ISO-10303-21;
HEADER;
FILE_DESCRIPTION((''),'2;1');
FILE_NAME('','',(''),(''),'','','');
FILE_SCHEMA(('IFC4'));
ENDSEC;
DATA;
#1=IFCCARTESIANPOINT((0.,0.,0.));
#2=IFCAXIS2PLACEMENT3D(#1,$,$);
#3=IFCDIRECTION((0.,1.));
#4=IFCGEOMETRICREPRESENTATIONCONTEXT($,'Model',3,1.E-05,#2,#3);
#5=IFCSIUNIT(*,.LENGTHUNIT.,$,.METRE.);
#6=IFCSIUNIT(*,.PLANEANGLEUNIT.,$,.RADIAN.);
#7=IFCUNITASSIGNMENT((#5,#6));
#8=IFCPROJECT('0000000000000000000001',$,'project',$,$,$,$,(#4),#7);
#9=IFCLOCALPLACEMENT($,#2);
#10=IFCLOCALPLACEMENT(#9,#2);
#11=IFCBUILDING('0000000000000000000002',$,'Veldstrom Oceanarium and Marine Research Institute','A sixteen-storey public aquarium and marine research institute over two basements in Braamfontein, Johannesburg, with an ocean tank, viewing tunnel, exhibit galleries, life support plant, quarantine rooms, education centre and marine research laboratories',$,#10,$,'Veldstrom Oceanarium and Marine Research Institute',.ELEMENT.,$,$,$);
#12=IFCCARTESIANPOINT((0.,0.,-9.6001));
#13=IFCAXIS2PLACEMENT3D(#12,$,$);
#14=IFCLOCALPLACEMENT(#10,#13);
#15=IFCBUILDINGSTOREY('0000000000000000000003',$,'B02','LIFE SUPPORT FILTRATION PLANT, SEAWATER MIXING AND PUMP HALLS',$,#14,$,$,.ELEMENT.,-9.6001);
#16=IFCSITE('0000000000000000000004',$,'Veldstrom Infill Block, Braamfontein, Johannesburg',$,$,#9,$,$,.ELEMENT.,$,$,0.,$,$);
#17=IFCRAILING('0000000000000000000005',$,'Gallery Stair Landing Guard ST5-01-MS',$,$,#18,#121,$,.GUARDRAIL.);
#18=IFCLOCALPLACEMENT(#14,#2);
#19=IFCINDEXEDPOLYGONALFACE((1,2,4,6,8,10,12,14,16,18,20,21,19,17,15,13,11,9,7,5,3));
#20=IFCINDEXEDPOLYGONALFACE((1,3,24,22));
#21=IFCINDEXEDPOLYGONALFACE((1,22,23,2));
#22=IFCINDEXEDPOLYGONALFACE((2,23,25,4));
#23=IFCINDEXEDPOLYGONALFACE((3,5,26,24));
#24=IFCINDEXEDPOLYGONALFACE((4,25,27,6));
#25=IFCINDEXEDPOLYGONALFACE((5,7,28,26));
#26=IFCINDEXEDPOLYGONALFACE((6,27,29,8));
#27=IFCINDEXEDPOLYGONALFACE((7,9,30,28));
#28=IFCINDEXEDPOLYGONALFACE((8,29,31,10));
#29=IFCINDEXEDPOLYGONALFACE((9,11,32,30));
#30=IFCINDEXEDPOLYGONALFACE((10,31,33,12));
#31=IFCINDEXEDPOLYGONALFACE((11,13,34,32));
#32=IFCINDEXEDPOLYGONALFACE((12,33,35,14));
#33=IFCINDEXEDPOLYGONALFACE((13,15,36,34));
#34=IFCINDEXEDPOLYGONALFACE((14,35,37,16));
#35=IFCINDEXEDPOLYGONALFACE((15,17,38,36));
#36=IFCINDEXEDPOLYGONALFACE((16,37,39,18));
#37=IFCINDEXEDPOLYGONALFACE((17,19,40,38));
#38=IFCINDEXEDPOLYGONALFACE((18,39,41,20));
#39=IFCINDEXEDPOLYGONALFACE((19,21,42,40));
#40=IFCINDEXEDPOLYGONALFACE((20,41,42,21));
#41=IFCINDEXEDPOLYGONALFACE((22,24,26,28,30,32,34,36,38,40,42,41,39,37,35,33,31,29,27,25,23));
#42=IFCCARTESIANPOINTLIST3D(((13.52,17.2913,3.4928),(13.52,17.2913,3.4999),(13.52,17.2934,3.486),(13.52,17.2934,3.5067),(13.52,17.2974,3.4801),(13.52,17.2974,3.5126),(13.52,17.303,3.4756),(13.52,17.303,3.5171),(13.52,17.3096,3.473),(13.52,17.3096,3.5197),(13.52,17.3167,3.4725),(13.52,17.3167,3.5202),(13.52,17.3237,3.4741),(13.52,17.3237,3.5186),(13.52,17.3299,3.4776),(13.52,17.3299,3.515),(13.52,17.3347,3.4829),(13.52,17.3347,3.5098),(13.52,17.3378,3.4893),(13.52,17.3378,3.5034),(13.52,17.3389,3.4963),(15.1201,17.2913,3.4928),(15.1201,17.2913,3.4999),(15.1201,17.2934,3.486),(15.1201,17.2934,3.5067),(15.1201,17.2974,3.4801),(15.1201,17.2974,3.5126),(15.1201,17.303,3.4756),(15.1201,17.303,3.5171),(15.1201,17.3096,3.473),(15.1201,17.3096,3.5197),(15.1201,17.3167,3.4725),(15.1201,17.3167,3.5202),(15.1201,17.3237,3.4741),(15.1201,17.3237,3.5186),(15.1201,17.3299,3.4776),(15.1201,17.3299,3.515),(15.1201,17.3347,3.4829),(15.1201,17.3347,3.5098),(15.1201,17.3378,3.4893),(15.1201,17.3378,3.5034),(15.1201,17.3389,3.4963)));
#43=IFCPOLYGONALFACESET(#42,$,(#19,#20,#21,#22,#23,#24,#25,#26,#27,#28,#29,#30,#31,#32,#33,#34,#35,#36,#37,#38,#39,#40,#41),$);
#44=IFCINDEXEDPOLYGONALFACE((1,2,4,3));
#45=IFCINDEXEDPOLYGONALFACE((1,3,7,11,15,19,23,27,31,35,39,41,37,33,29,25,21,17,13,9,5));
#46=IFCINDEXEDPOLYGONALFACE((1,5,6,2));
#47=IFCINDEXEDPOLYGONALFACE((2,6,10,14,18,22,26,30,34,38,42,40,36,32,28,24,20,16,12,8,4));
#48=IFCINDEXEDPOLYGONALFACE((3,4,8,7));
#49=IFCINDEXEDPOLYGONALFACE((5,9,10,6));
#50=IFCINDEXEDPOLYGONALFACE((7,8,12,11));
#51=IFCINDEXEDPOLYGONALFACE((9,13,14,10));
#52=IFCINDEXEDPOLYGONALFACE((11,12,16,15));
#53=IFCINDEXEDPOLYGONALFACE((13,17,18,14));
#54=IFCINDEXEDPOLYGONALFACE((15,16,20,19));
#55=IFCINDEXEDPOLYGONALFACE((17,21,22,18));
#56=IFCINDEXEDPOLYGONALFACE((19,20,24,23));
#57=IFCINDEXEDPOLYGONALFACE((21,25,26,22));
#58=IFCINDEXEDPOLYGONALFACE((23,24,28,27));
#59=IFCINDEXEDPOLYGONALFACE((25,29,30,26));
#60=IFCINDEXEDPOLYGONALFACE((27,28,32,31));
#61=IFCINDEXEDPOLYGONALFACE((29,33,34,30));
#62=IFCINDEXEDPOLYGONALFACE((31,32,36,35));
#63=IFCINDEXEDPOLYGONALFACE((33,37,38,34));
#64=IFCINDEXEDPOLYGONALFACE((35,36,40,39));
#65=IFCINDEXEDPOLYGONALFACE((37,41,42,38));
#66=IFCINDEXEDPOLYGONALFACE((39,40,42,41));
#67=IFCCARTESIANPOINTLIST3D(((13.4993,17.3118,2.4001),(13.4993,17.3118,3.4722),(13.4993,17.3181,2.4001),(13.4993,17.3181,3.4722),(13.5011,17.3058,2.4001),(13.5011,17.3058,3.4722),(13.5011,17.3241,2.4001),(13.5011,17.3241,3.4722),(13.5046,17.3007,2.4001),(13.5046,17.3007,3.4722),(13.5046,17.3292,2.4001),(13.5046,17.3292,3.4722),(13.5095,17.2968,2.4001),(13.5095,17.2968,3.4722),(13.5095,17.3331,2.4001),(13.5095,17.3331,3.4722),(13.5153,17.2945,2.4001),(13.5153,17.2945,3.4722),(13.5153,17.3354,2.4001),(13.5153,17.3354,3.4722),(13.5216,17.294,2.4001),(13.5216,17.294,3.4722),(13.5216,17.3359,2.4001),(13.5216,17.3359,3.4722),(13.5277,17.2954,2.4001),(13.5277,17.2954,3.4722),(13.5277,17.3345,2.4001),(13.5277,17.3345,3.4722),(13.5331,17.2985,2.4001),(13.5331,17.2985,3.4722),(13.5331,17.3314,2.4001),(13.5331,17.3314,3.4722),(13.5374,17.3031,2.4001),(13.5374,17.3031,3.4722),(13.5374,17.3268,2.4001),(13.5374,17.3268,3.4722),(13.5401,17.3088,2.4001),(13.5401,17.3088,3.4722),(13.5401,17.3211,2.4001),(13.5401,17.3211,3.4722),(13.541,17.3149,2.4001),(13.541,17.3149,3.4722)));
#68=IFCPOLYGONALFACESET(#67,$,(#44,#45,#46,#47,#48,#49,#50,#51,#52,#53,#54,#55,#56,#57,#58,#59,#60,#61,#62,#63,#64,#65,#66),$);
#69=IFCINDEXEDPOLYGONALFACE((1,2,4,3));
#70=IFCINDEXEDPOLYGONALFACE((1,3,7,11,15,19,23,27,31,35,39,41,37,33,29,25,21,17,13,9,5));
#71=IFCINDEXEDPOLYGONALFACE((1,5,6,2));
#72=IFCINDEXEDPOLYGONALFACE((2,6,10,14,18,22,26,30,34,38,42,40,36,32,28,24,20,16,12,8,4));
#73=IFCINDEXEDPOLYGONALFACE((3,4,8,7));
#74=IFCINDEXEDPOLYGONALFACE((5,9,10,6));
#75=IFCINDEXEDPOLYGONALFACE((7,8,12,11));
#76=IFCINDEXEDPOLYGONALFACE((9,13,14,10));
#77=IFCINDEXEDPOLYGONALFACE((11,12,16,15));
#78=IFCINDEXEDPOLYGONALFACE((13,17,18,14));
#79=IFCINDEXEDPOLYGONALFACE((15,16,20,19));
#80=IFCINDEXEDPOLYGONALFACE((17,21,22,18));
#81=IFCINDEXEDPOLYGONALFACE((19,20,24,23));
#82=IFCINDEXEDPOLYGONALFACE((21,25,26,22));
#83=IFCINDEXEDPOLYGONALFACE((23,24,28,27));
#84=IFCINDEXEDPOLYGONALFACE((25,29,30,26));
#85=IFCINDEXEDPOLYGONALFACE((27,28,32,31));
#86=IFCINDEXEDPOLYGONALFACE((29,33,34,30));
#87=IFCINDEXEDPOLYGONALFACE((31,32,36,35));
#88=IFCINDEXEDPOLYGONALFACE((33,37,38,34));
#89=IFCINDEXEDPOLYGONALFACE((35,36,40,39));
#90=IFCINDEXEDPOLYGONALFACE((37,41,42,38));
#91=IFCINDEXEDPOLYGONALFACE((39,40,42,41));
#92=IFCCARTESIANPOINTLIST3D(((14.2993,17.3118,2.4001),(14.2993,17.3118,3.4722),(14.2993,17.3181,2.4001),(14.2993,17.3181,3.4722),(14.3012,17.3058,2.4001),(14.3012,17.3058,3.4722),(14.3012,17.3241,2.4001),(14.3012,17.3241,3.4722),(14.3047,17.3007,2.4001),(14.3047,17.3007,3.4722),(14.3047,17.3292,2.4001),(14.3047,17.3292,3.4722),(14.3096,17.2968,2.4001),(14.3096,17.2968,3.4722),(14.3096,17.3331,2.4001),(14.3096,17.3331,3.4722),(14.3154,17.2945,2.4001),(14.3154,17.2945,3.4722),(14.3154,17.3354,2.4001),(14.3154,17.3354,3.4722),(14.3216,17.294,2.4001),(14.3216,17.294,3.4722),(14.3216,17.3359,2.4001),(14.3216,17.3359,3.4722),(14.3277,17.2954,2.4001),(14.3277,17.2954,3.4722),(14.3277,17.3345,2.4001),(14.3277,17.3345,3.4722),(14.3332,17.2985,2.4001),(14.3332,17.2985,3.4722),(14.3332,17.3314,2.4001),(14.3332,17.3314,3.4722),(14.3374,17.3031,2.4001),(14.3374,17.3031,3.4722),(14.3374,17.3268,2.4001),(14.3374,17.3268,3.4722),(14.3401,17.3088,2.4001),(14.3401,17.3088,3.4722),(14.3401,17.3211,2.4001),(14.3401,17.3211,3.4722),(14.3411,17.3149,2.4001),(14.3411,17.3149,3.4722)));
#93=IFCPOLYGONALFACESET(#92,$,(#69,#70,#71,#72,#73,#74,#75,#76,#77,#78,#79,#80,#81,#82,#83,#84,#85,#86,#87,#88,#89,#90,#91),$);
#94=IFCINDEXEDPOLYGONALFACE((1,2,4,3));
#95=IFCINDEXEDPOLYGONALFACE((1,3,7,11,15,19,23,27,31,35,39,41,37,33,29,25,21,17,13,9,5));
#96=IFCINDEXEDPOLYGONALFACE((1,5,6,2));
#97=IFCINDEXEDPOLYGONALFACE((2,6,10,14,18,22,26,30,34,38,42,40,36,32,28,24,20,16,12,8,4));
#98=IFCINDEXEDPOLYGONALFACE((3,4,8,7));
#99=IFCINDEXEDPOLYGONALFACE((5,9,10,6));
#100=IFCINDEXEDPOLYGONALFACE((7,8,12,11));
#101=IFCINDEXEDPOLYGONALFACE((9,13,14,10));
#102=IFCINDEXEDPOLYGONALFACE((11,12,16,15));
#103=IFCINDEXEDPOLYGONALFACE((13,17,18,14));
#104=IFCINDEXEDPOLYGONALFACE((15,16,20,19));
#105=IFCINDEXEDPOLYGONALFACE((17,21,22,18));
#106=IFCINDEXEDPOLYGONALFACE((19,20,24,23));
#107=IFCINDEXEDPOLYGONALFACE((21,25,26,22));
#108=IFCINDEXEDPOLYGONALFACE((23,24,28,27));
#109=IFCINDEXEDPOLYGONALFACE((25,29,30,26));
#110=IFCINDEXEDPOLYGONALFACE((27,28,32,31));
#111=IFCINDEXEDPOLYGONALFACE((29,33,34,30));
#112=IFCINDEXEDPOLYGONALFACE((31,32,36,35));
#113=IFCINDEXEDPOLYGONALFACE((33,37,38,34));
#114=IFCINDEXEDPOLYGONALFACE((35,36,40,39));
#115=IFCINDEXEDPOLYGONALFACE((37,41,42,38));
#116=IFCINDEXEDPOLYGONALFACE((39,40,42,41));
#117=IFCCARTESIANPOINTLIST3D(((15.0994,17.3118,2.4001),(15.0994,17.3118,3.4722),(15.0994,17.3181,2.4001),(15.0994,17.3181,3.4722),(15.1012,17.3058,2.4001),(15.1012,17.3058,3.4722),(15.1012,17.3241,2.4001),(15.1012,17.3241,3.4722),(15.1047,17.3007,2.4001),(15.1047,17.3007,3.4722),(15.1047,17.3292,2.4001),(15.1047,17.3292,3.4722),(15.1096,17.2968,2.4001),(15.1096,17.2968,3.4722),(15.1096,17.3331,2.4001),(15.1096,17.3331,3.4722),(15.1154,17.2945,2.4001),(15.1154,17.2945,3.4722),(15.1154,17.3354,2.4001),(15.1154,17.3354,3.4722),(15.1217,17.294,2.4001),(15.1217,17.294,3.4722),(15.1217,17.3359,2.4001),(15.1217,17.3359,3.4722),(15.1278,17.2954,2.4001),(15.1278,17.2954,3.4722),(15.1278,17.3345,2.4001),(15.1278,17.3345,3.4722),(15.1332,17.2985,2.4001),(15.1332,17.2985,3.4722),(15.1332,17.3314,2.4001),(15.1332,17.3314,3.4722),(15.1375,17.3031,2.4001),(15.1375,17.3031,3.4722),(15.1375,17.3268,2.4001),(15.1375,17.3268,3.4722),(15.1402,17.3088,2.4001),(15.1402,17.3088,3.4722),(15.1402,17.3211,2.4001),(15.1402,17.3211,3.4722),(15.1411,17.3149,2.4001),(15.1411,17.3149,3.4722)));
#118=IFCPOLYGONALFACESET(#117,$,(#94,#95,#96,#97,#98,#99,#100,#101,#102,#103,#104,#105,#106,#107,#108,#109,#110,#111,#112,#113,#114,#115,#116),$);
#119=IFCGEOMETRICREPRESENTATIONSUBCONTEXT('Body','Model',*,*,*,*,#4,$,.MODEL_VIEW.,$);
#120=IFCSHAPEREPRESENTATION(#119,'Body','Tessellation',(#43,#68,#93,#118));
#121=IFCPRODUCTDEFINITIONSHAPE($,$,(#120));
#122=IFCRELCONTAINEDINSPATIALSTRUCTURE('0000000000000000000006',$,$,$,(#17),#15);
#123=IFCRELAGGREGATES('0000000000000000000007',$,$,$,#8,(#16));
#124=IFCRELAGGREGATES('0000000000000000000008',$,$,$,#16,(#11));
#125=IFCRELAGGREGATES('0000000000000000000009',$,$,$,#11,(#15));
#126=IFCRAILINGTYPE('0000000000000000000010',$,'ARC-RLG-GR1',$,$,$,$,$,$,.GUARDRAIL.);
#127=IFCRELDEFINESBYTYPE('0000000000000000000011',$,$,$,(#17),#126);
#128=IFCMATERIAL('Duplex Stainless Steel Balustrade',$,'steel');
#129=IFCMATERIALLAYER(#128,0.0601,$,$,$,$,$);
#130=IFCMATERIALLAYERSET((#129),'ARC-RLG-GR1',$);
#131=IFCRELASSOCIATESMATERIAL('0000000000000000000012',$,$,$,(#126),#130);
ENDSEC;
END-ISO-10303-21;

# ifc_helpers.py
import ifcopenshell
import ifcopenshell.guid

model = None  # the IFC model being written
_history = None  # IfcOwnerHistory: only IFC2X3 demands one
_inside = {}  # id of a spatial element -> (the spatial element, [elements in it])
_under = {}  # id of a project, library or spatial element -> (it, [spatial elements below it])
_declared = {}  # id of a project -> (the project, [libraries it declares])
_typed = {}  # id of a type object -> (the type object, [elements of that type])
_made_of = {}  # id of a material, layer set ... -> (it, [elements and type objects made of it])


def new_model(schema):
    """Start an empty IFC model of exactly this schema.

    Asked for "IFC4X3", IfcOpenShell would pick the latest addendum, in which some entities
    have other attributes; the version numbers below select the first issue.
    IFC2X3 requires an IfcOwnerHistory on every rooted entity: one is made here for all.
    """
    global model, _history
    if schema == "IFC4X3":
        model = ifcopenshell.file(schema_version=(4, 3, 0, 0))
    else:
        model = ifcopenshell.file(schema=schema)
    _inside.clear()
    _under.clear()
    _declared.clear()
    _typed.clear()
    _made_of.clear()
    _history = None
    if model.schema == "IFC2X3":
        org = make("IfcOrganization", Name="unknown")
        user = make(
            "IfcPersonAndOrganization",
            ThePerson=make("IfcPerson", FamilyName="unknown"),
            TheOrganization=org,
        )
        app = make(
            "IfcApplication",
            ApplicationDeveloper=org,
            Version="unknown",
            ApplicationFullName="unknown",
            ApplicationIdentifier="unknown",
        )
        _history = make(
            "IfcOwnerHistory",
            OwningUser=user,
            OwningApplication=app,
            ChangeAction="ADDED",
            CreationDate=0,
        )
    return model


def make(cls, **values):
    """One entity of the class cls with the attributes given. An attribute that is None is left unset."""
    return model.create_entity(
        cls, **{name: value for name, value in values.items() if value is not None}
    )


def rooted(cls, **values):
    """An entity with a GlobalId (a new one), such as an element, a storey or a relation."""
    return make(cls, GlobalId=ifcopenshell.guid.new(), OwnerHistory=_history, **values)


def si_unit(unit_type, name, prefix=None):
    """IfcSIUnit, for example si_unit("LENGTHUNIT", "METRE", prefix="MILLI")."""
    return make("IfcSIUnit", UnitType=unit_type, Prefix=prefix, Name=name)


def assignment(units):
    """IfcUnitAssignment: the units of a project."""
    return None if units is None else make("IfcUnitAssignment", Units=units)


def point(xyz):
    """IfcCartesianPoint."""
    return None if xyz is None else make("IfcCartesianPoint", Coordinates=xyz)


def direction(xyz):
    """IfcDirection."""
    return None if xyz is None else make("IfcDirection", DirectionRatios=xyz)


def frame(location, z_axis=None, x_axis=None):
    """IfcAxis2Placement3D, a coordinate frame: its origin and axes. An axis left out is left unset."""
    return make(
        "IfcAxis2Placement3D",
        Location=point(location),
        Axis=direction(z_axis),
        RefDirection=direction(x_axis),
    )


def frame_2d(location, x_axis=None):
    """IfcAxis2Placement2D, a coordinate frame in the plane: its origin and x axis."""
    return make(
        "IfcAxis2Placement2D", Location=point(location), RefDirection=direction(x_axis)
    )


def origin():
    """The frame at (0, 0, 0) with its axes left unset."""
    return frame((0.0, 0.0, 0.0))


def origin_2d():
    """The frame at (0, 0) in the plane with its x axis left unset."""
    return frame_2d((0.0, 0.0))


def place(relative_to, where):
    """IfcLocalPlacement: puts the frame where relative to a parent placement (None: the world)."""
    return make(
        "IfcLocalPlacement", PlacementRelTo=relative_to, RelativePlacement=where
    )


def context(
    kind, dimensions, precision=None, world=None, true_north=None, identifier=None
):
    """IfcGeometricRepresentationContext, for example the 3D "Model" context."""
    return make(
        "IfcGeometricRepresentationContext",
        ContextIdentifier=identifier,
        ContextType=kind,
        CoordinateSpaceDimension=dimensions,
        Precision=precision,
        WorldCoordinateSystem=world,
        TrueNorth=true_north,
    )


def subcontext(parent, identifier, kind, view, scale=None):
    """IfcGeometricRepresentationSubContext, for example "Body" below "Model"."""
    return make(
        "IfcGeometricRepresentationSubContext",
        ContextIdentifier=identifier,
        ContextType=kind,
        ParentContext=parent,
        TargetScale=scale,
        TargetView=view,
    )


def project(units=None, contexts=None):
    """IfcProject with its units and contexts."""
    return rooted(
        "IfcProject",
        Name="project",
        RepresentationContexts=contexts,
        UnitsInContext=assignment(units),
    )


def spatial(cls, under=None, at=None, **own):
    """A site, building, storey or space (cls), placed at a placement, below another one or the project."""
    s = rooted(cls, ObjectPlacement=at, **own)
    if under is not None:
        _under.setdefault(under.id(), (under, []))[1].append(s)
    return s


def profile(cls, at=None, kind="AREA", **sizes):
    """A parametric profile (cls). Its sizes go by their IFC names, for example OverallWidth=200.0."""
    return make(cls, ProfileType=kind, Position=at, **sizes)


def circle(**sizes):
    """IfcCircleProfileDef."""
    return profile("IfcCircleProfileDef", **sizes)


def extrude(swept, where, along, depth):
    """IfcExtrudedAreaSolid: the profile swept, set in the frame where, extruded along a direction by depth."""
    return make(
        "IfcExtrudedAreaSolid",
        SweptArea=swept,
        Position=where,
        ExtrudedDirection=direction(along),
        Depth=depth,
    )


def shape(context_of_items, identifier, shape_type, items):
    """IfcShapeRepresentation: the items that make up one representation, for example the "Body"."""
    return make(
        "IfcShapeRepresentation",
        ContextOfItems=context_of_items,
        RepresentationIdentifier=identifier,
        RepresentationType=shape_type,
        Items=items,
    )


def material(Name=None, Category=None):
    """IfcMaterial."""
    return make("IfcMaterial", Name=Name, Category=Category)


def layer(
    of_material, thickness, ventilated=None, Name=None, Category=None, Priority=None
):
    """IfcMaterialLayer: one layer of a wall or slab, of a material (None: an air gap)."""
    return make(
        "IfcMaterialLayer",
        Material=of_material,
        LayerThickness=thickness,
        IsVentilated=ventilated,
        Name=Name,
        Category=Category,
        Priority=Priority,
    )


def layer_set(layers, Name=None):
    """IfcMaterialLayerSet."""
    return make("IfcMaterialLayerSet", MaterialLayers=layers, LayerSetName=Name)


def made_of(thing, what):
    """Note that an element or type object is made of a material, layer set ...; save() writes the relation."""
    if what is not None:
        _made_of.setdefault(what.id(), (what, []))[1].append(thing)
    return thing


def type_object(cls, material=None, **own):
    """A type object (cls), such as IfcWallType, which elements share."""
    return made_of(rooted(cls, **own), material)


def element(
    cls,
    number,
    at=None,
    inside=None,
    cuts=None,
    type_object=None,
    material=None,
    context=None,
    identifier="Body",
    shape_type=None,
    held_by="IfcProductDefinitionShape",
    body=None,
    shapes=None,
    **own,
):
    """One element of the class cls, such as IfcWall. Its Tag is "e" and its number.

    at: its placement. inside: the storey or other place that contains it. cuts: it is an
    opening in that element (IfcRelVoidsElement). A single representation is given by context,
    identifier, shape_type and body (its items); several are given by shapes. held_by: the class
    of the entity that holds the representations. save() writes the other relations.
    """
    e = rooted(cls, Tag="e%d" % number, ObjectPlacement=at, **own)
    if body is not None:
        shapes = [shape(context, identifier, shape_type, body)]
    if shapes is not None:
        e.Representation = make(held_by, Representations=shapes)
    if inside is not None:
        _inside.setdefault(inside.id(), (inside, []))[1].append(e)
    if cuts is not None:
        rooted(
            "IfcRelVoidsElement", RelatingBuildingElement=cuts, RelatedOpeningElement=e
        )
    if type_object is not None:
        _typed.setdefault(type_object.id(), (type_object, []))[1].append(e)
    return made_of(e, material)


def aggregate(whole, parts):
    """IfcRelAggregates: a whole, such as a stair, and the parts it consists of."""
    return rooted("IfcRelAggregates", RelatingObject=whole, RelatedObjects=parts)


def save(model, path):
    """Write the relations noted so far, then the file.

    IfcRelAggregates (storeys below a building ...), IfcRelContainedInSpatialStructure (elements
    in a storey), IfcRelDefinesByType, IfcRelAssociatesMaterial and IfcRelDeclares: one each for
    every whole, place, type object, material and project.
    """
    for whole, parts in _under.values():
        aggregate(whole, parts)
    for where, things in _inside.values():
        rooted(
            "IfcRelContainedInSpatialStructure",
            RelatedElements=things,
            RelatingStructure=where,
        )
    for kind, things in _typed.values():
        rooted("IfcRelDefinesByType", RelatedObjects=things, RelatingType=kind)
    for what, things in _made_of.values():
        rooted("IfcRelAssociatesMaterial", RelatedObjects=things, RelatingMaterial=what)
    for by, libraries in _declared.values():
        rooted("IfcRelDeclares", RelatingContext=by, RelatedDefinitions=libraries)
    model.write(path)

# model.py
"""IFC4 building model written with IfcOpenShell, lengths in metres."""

from ifc_helpers import new_model, si_unit, direction, frame, origin, origin_2d, place, context, subcontext, project, spatial, circle, extrude, material, layer, layer_set, type_object, element, save


model = new_model("IFC4")

# Units and contexts
model_context = context("Model", 3, precision=1e-05, world=origin(), true_north=direction((0.0, 1.0)))
body_context = subcontext(model_context, "Body", "Model", "MODEL_VIEW")
ifc_project = project(units=[si_unit("LENGTHUNIT", "METRE"), si_unit("PLANEANGLEUNIT", "RADIAN")], contexts=[model_context])

# Site, building, storey
site_placement = place(None, origin())
site = spatial("IfcSite", under=ifc_project, at=site_placement, Name="Veldstrom Infill Block, Braamfontein, Johannesburg", CompositionType="ELEMENT", RefElevation=0.0)
building_placement = place(site_placement, origin())
building = spatial("IfcBuilding", under=site, at=building_placement, Name="Veldstrom Oceanarium and Marine Research Institute", Description="A sixteen-storey public aquarium and marine research institute over two basements in Braamfontein, Johannesburg, with an ocean tank, viewing tunnel, exhibit galleries, life support plant, quarantine rooms, education centre and marine research laboratories", LongName="Veldstrom Oceanarium and Marine Research Institute", CompositionType="ELEMENT")
storey_placement = place(building_placement, frame((0.0, 0.0, -9.6001)))
storey = spatial("IfcBuildingStorey", under=building, at=storey_placement, Name="B02", Description="LIFE SUPPORT FILTRATION PLANT, SEAWATER MIXING AND PUMP HALLS", CompositionType="ELEMENT", Elevation=-9.6001)

# Railing
ifc_material_1 = material(Name="Duplex Stainless Steel Balustrade", Category="steel")
ifc_layer_1 = layer(ifc_material_1, 0.0601)
ifc_layer_set_1 = layer_set([ifc_layer_1], Name="ARC-RLG-GR1")
railing_type = type_object("IfcRailingType", Name="ARC-RLG-GR1", PredefinedType="GUARDRAIL", material=ifc_layer_set_1)
railing_1_placement = place(storey_placement, frame((13.52, 17.3149, 2.4001)))
element("IfcRailing", 1, at=railing_1_placement, inside=storey, type_object=railing_type, Name="Gallery Stair Landing Guard ST5-01-MS", PredefinedType="GUARDRAIL", context=body_context, shape_type="SweptSolid", body=[
    extrude(circle(Radius=0.0239, at=origin_2d()), frame((0.0, 0.0, 1.0962), z_axis=(1.0, 0.0, 0.0), x_axis=(0.0, 1.0, 0.0)), (0.0, 0.0, 1.0), 1.6001),
    extrude(circle(Radius=0.021, at=origin_2d()), origin(), (0.0, 0.0, 1.0), 1.072),
    extrude(circle(Radius=0.021, at=origin_2d()), frame((0.8, 0.0, 0.0)), (0.0, 0.0, 1.0), 1.072),
    extrude(circle(Radius=0.021, at=origin_2d()), frame((1.6001, 0.0, 0.0)), (0.0, 0.0, 1.0), 1.072),
])

save(model, "model.ifc")
